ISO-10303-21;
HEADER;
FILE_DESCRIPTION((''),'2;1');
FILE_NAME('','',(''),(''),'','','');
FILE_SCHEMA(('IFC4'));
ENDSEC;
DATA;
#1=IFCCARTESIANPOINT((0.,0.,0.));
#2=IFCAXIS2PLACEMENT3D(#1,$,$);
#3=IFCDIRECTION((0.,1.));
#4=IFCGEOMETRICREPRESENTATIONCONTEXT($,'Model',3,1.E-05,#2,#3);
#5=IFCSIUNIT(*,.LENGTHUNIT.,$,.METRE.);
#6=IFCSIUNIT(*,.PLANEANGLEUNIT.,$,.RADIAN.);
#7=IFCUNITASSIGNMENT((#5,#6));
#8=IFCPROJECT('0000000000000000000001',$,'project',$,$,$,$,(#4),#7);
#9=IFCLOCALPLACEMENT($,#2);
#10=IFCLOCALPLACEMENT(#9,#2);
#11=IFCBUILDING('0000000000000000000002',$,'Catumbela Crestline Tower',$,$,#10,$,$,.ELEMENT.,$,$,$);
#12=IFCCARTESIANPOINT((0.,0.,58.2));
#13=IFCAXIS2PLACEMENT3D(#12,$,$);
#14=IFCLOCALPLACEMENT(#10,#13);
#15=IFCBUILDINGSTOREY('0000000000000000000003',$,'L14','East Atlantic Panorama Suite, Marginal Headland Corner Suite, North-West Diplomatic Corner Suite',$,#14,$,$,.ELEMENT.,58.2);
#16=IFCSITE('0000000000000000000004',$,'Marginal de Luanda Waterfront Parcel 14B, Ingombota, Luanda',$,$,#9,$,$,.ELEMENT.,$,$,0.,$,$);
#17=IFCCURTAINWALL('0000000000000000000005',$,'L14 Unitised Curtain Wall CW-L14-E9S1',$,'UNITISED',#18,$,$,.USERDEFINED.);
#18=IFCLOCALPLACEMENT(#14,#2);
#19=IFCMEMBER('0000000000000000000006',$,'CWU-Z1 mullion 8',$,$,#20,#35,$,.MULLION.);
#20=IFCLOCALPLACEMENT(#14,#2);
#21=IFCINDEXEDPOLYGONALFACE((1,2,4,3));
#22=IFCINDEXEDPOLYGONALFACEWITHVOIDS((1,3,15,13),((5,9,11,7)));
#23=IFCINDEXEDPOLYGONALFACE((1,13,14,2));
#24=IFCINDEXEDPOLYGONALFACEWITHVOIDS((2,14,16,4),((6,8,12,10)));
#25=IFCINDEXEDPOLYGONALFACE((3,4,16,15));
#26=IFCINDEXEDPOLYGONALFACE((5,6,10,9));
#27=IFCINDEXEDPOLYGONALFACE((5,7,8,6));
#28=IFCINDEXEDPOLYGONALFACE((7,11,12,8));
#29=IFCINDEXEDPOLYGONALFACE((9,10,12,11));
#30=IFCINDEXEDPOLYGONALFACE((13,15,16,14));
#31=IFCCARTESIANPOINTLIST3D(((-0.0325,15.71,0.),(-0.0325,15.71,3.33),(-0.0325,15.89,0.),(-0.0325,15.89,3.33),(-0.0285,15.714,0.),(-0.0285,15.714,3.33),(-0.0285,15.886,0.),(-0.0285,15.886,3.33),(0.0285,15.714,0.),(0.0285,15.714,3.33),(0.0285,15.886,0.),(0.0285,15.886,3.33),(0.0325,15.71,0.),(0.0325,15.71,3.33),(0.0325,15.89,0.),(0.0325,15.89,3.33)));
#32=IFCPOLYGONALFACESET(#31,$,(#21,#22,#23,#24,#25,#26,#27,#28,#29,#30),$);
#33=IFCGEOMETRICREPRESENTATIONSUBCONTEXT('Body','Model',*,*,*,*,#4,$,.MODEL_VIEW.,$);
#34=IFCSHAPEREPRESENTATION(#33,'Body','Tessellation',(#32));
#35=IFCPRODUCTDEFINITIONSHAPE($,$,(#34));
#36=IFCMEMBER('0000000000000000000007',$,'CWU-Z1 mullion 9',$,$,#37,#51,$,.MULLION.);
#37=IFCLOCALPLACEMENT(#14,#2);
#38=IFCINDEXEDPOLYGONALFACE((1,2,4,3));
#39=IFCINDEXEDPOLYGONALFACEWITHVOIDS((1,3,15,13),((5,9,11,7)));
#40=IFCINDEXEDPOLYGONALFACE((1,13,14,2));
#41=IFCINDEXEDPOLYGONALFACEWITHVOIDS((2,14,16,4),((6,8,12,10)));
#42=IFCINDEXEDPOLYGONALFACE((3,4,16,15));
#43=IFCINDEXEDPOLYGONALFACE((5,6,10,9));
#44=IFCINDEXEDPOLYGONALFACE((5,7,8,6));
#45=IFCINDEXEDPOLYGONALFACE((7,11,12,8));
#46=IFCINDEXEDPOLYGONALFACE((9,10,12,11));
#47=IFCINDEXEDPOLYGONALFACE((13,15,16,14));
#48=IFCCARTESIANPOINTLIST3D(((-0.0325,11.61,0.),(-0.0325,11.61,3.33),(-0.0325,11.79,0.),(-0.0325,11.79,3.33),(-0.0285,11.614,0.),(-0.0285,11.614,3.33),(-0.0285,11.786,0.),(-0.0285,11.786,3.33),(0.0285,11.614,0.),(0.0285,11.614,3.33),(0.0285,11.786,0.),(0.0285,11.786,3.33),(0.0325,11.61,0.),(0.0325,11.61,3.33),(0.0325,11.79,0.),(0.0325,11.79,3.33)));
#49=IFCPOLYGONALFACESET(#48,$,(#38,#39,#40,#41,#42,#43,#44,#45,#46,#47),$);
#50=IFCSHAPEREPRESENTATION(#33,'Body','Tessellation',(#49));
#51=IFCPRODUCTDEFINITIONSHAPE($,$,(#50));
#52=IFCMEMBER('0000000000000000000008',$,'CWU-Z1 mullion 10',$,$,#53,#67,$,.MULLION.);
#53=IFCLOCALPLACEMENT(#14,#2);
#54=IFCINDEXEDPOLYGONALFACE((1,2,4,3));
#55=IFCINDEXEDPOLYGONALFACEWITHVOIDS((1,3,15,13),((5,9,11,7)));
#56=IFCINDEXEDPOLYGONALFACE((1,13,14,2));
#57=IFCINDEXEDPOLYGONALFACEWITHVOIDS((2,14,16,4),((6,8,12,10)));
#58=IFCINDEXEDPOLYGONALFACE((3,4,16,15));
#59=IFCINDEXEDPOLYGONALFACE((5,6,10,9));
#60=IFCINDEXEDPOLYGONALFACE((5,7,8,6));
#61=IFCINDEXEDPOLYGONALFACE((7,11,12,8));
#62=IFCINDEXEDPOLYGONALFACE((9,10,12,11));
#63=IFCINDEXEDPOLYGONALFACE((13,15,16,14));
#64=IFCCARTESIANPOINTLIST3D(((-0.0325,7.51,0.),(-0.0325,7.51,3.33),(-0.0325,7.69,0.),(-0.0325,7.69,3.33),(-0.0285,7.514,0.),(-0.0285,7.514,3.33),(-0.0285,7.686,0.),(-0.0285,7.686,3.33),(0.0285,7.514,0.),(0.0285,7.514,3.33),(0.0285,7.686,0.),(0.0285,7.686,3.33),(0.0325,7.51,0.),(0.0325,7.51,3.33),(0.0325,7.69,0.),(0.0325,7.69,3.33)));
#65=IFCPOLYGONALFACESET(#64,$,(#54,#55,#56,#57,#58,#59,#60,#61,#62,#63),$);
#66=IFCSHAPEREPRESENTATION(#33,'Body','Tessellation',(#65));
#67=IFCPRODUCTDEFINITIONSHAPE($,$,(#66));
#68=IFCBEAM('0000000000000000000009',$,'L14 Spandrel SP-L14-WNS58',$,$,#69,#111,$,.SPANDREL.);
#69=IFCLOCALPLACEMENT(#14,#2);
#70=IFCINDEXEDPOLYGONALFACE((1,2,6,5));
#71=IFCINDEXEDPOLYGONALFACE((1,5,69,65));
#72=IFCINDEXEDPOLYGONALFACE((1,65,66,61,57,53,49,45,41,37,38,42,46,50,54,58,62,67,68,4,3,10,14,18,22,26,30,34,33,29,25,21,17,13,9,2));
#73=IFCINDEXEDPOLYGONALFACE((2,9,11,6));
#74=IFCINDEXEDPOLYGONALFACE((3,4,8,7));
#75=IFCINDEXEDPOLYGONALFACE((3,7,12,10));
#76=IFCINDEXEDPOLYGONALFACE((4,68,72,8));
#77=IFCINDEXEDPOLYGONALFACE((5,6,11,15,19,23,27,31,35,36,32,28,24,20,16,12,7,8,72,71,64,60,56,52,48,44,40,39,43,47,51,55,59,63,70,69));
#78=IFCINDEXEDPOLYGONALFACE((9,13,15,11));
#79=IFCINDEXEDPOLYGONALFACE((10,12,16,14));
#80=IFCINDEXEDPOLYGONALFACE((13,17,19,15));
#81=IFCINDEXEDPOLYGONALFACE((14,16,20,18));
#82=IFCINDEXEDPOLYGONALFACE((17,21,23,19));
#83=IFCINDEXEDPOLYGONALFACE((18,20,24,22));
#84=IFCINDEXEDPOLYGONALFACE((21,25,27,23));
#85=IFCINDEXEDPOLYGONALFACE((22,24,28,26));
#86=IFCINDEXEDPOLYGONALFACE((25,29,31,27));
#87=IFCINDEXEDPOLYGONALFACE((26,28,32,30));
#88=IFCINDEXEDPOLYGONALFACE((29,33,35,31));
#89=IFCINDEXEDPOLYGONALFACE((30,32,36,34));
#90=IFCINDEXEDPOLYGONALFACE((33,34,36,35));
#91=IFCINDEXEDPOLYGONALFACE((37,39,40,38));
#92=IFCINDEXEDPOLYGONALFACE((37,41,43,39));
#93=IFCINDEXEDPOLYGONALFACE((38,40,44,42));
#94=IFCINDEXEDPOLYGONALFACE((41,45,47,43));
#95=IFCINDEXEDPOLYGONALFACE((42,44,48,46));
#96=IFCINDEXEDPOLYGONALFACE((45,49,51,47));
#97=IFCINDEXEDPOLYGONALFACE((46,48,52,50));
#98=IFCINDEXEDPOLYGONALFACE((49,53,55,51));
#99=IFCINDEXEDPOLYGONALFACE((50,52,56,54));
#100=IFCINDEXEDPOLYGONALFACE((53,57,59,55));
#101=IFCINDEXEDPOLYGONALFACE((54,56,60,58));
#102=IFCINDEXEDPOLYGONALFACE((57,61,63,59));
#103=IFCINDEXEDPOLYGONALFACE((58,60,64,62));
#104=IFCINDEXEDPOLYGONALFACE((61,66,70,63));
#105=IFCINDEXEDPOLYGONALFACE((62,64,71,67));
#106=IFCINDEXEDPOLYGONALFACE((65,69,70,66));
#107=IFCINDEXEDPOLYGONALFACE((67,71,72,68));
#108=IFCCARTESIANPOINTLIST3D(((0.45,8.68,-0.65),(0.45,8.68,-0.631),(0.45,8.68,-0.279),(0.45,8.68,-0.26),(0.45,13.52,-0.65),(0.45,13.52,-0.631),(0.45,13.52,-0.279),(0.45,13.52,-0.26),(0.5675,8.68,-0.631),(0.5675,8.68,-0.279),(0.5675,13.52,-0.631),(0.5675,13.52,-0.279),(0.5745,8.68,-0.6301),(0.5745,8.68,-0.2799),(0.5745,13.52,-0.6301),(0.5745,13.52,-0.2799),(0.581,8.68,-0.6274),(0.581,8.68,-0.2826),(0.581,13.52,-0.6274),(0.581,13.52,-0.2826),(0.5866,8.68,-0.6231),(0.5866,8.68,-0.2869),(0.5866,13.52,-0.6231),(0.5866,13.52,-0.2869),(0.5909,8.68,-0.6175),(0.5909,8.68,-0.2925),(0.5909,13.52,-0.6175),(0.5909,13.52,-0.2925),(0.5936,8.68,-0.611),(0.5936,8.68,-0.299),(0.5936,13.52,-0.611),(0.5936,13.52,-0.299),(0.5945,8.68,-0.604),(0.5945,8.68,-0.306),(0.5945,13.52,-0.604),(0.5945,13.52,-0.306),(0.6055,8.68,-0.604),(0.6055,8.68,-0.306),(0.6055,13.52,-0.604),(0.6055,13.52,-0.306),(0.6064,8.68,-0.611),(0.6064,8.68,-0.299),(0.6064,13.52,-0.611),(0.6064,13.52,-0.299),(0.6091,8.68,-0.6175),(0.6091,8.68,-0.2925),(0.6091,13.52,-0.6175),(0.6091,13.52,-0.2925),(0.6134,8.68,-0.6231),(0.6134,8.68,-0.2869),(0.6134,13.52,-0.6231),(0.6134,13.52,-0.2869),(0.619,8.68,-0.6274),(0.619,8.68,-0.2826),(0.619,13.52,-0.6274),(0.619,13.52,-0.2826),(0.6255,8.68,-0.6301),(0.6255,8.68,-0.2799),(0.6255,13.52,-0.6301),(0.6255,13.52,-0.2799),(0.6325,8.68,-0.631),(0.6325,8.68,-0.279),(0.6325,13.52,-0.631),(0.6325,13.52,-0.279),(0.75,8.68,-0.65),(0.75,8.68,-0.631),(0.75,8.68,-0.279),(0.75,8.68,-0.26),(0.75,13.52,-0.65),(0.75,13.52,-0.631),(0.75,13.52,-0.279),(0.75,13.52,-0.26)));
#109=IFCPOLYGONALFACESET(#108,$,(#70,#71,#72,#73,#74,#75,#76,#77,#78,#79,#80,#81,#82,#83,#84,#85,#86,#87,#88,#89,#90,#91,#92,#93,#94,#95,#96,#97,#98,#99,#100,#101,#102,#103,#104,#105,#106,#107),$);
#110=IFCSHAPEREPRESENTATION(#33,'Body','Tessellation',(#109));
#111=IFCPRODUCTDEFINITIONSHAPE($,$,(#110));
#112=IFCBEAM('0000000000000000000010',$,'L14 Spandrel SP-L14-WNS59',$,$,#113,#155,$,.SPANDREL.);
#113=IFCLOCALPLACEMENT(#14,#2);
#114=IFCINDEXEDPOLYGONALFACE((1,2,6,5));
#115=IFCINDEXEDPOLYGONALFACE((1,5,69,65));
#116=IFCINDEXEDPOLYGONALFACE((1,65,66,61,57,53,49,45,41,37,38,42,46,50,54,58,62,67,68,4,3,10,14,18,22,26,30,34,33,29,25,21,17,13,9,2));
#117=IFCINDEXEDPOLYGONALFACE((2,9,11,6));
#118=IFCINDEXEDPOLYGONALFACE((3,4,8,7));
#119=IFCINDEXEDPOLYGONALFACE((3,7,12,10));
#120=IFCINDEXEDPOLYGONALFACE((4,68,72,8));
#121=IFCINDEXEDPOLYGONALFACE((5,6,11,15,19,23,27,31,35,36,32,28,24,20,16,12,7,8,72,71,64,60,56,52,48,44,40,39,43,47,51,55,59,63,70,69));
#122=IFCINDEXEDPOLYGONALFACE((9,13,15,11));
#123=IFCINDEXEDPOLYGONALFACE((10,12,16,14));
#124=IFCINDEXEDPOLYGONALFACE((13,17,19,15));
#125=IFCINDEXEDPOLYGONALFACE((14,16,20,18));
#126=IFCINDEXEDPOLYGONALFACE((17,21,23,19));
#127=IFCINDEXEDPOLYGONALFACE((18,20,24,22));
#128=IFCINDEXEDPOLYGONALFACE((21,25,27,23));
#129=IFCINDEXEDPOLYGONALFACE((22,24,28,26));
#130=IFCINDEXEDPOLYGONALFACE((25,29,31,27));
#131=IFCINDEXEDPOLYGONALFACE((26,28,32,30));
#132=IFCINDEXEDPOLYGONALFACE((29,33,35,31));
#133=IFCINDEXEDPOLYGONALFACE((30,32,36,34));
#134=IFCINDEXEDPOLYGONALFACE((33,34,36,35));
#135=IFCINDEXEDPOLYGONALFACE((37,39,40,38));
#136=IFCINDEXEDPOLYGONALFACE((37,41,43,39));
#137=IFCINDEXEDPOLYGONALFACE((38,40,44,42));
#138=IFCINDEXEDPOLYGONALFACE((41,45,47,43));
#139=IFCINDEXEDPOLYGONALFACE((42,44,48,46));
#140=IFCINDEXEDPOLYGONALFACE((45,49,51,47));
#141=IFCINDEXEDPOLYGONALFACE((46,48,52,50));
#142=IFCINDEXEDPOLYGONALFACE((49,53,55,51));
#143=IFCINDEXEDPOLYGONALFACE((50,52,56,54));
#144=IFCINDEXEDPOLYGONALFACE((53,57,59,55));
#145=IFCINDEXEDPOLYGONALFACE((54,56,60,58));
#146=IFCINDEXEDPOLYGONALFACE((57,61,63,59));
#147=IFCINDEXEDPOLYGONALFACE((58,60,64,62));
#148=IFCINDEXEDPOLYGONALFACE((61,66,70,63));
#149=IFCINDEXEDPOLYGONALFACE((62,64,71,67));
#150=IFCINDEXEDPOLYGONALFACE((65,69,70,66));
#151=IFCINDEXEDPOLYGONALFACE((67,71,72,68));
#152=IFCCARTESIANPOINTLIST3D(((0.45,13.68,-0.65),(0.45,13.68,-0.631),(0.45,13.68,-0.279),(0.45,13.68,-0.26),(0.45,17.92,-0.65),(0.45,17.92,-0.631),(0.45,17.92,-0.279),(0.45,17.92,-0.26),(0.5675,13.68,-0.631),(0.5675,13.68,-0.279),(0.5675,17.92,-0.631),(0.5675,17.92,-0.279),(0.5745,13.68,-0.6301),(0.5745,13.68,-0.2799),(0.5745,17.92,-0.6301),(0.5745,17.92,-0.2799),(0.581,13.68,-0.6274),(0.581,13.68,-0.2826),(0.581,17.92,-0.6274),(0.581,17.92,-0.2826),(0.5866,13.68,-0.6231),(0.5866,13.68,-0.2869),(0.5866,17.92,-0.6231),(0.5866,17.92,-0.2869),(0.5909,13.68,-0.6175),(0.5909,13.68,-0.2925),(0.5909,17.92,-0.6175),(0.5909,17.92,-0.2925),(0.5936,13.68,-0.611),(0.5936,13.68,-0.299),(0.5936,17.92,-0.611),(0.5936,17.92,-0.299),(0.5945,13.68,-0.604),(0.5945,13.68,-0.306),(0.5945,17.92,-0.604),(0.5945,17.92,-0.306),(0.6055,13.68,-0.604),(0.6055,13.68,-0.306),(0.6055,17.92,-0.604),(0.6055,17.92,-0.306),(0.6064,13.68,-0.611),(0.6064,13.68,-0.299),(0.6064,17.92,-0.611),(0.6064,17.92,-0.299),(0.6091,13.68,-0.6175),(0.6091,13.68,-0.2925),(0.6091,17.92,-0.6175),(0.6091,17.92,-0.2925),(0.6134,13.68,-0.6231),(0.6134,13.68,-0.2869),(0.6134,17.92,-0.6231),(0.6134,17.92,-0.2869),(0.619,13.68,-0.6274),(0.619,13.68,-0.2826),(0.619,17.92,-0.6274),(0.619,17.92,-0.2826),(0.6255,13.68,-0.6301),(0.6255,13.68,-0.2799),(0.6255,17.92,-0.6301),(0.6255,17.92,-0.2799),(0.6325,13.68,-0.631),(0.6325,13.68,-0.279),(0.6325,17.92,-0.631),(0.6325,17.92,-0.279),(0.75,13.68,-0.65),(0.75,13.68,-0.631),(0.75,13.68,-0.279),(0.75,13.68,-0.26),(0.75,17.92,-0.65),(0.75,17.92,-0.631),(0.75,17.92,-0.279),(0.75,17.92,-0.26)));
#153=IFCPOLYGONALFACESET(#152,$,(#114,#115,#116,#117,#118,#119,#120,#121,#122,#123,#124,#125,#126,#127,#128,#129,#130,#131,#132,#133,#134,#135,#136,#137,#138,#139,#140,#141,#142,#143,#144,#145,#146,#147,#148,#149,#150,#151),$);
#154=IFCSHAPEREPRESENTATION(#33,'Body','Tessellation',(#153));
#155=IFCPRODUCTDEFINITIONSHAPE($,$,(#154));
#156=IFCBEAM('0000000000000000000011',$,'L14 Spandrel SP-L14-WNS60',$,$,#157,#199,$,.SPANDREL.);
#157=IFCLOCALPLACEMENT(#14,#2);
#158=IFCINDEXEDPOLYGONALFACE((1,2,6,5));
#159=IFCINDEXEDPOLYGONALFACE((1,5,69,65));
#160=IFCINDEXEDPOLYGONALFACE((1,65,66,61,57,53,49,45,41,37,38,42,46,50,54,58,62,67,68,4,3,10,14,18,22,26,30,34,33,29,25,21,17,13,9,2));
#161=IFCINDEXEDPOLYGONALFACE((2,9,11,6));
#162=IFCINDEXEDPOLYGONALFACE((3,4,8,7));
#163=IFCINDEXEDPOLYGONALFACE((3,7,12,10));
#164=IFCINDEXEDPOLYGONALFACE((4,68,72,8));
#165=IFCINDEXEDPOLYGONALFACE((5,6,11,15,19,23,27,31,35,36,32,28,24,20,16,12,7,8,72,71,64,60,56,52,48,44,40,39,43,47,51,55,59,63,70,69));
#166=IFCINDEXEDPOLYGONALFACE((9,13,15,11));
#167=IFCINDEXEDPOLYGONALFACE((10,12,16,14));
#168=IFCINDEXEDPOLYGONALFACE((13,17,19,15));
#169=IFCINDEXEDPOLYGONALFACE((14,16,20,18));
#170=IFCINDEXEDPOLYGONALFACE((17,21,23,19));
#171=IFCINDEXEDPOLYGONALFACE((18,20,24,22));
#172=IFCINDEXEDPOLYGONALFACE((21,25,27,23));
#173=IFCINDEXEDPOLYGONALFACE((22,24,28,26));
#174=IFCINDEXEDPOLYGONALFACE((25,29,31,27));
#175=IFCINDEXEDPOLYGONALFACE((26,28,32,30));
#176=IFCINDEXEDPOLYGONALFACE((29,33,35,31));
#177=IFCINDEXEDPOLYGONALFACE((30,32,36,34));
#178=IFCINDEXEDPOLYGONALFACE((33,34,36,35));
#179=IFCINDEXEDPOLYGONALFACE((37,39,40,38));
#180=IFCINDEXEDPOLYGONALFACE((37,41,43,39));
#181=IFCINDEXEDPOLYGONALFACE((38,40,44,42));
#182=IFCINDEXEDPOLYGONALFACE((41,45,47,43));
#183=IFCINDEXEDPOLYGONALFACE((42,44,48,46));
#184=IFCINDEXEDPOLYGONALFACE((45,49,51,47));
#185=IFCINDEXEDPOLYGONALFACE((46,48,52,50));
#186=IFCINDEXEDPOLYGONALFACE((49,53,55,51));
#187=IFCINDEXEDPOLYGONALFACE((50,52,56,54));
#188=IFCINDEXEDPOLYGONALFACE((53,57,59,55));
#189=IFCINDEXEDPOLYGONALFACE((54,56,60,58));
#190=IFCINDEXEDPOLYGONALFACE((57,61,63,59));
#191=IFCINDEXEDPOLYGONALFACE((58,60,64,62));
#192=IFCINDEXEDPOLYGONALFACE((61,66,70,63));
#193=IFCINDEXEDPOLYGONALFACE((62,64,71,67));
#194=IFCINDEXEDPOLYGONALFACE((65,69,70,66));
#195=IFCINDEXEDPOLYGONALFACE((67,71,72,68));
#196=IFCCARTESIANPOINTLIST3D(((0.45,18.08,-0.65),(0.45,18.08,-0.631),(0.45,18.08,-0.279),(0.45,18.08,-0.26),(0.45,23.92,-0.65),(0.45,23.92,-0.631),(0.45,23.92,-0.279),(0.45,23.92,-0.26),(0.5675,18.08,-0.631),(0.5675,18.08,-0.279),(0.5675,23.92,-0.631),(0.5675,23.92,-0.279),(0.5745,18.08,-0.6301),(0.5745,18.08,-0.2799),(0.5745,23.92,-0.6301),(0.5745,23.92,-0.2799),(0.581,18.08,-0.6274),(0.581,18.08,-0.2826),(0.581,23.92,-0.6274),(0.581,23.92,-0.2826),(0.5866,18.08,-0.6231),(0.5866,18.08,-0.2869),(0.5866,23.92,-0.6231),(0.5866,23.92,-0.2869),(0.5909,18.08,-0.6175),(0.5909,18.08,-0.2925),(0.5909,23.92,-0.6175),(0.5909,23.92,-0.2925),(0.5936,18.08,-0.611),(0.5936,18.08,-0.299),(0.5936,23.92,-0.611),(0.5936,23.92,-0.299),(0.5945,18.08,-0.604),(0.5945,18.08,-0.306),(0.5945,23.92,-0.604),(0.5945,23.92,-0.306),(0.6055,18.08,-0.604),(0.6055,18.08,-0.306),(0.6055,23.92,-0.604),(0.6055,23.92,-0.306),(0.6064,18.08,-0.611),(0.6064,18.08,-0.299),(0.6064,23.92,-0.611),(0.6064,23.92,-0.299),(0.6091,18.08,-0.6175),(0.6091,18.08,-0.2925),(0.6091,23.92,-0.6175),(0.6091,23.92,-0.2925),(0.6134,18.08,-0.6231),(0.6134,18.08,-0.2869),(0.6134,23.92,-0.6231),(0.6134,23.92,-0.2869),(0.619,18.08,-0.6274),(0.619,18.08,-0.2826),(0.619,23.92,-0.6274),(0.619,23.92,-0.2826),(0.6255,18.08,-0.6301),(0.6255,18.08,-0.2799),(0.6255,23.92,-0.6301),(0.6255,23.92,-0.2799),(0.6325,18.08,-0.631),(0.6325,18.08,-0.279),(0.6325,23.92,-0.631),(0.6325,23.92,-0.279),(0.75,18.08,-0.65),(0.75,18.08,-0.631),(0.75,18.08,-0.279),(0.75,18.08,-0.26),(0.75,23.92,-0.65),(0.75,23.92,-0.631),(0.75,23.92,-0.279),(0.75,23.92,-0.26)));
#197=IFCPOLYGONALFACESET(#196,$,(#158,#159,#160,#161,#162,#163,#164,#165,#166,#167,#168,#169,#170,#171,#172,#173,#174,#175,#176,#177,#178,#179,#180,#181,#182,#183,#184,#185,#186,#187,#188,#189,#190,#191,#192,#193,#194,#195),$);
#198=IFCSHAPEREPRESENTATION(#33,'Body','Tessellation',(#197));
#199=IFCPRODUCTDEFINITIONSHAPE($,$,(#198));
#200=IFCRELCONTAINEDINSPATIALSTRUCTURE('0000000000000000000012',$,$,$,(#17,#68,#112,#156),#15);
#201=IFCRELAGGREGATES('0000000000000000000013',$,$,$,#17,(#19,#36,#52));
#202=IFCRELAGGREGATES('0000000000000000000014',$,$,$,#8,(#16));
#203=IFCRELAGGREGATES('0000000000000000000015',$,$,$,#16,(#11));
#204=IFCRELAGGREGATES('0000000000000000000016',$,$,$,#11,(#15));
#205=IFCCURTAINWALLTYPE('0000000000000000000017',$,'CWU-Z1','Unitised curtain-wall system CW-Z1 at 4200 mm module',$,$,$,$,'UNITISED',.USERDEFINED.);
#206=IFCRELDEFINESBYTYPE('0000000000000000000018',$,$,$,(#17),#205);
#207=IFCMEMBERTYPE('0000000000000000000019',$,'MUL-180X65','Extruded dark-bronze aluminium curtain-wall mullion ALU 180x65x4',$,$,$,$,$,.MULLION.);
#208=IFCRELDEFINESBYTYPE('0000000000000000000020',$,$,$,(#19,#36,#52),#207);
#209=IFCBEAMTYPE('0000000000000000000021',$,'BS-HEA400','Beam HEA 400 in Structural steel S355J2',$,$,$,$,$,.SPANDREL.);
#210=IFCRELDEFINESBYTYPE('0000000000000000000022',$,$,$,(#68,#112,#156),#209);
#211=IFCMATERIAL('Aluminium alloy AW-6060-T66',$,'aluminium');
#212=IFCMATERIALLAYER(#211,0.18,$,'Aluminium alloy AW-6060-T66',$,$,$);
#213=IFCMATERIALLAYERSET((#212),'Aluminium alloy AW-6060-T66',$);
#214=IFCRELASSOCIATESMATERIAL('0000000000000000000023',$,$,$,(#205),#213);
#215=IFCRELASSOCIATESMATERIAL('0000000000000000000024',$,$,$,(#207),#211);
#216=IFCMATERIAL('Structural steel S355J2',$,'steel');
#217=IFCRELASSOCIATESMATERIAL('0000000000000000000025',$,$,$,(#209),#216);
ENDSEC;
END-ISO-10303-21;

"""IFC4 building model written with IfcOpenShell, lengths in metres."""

from ifc_helpers import new_model, si_unit, direction, frame, origin, origin_2d, place, context, subcontext, project, spatial, hollow_rectangle, i_section, extrude, material, layer, layer_set, material_profile, profile_set, type_object, element, aggregate, save


model = new_model("IFC4")

# Units and contexts
model_context = context("Model", 3, precision=1e-05, world=origin(), true_north=direction((0.0, 1.0)))
body_context = subcontext(model_context, "Body", "Model", "MODEL_VIEW")
ifc_project = project(units=[si_unit("LENGTHUNIT", "METRE"), si_unit("PLANEANGLEUNIT", "RADIAN")], contexts=[model_context])

# Site, building, storey
site_placement = place(None, origin())
site = spatial("IfcSite", under=ifc_project, at=site_placement, Name="Marginal de Luanda Waterfront Parcel 14B, Ingombota, Luanda", CompositionType="ELEMENT", RefElevation=0.0)
building_placement = place(site_placement, origin())
building = spatial("IfcBuilding", under=site, at=building_placement, Name="Catumbela Crestline Tower", CompositionType="ELEMENT")
storey_placement = place(building_placement, frame((0.0, 0.0, 58.2)))
storey = spatial("IfcBuildingStorey", under=building, at=storey_placement, Name="L14", Description="East Atlantic Panorama Suite, Marginal Headland Corner Suite, North-West Diplomatic Corner Suite", CompositionType="ELEMENT", Elevation=58.2)

# Shared definitions
ifc_material_1 = material(Name="Structural steel S355J2", Category="steel")

# Curtain wall, members
ifc_material_2 = material(Name="Aluminium alloy AW-6060-T66", Category="aluminium")
ifc_layer_1 = layer(ifc_material_2, 0.18, Name="Aluminium alloy AW-6060-T66")
ifc_layer_set_1 = layer_set([ifc_layer_1], Name="Aluminium alloy AW-6060-T66")
curtain_wall_type = type_object("IfcCurtainWallType", Name="CWU-Z1", Description="Unitised curtain-wall system CW-Z1 at 4200 mm module", ElementType="UNITISED", PredefinedType="USERDEFINED", material=ifc_layer_set_1)
curtain_wall_placement = place(storey_placement, origin())
curtain_wall = element("IfcCurtainWall", 1, at=curtain_wall_placement, inside=storey, type_object=curtain_wall_type, Name="L14 Unitised Curtain Wall CW-L14-E9S1", ObjectType="UNITISED", PredefinedType="USERDEFINED")
ifc_material_profile_1 = material_profile(ifc_material_2, hollow_rectangle(XDim=0.065, YDim=0.18, WallThickness=0.004, at=origin_2d()), Name="ALU 180x65x4")
ifc_profile_set_1 = profile_set([ifc_material_profile_1], Name="Aluminium alloy AW-6060-T66")
member_type_1 = type_object("IfcMemberType", Name="MUL-180X65", Description="Extruded dark-bronze aluminium curtain-wall mullion ALU 180x65x4", PredefinedType="MULLION", material=ifc_profile_set_1)
member_1_placement = place(storey_placement, frame((0.0, 15.8, 0.0), z_axis=(0.0, 0.0, 1.0), x_axis=(1.0, 0.0, 0.0)))
member_1 = element("IfcMember", 2, at=member_1_placement, type_object=member_type_1, Name="CWU-Z1 mullion 8", PredefinedType="MULLION", context=body_context, shape_type="SweptSolid", body=[
    extrude(hollow_rectangle(XDim=0.065, YDim=0.18, WallThickness=0.004, at=origin_2d()), origin(), (0.0, 0.0, 1.0), 3.33),
])
member_2_placement = place(storey_placement, frame((0.0, 11.7, 0.0), z_axis=(0.0, 0.0, 1.0), x_axis=(1.0, 0.0, 0.0)))
member_2 = element("IfcMember", 3, at=member_2_placement, type_object=member_type_1, Name="CWU-Z1 mullion 9", PredefinedType="MULLION", context=body_context, shape_type="SweptSolid", body=[
    extrude(hollow_rectangle(XDim=0.065, YDim=0.18, WallThickness=0.004, at=origin_2d()), origin(), (0.0, 0.0, 1.0), 3.33),
])
member_3_placement = place(storey_placement, frame((0.0, 7.6, 0.0), z_axis=(0.0, 0.0, 1.0), x_axis=(1.0, 0.0, 0.0)))
member_3 = element("IfcMember", 4, at=member_3_placement, type_object=member_type_1, Name="CWU-Z1 mullion 10", PredefinedType="MULLION", context=body_context, shape_type="SweptSolid", body=[
    extrude(hollow_rectangle(XDim=0.065, YDim=0.18, WallThickness=0.004, at=origin_2d()), origin(), (0.0, 0.0, 1.0), 3.33),
])

# Beams
ifc_material_profile_2 = material_profile(ifc_material_1, i_section(OverallWidth=0.3, OverallDepth=0.39, WebThickness=0.011, FlangeThickness=0.019, FilletRadius=0.027, at=origin_2d()), Name="HEA 400")
ifc_profile_set_2 = profile_set([ifc_material_profile_2], Name="Structural steel S355J2")
beam_type_1 = type_object("IfcBeamType", Name="BS-HEA400", Description="Beam HEA 400 in Structural steel S355J2", PredefinedType="SPANDREL", material=ifc_profile_set_2)
beam_1_placement = place(storey_placement, frame((0.6, 8.68, -0.455), z_axis=(0.0, 1.0, 0.0), x_axis=(-1.0, 0.0, 0.0)))
element("IfcBeam", 5, at=beam_1_placement, inside=storey, type_object=beam_type_1, Name="L14 Spandrel SP-L14-WNS58", PredefinedType="SPANDREL", context=body_context, shape_type="SweptSolid", body=[
    extrude(i_section(OverallWidth=0.3, OverallDepth=0.39, WebThickness=0.011, FlangeThickness=0.019, FilletRadius=0.027, at=origin_2d()), origin(), (0.0, 0.0, 1.0), 4.84),
])
beam_2_placement = place(storey_placement, frame((0.6, 13.68, -0.455), z_axis=(0.0, 1.0, 0.0), x_axis=(-1.0, 0.0, 0.0)))
element("IfcBeam", 6, at=beam_2_placement, inside=storey, type_object=beam_type_1, Name="L14 Spandrel SP-L14-WNS59", PredefinedType="SPANDREL", context=body_context, shape_type="SweptSolid", body=[
    extrude(i_section(OverallWidth=0.3, OverallDepth=0.39, WebThickness=0.011, FlangeThickness=0.019, FilletRadius=0.027, at=origin_2d()), origin(), (0.0, 0.0, 1.0), 4.24),
])
beam_3_placement = place(storey_placement, frame((0.6, 18.08, -0.455), z_axis=(0.0, 1.0, 0.0), x_axis=(-1.0, 0.0, 0.0)))
element("IfcBeam", 7, at=beam_3_placement, inside=storey, type_object=beam_type_1, Name="L14 Spandrel SP-L14-WNS60", PredefinedType="SPANDREL", context=body_context, shape_type="SweptSolid", body=[
    extrude(i_section(OverallWidth=0.3, OverallDepth=0.39, WebThickness=0.011, FlangeThickness=0.019, FilletRadius=0.027, at=origin_2d()), origin(), (0.0, 0.0, 1.0), 5.84),
])

aggregate(curtain_wall, [member_1, member_2, member_3])

save(model, "model.ifc")
